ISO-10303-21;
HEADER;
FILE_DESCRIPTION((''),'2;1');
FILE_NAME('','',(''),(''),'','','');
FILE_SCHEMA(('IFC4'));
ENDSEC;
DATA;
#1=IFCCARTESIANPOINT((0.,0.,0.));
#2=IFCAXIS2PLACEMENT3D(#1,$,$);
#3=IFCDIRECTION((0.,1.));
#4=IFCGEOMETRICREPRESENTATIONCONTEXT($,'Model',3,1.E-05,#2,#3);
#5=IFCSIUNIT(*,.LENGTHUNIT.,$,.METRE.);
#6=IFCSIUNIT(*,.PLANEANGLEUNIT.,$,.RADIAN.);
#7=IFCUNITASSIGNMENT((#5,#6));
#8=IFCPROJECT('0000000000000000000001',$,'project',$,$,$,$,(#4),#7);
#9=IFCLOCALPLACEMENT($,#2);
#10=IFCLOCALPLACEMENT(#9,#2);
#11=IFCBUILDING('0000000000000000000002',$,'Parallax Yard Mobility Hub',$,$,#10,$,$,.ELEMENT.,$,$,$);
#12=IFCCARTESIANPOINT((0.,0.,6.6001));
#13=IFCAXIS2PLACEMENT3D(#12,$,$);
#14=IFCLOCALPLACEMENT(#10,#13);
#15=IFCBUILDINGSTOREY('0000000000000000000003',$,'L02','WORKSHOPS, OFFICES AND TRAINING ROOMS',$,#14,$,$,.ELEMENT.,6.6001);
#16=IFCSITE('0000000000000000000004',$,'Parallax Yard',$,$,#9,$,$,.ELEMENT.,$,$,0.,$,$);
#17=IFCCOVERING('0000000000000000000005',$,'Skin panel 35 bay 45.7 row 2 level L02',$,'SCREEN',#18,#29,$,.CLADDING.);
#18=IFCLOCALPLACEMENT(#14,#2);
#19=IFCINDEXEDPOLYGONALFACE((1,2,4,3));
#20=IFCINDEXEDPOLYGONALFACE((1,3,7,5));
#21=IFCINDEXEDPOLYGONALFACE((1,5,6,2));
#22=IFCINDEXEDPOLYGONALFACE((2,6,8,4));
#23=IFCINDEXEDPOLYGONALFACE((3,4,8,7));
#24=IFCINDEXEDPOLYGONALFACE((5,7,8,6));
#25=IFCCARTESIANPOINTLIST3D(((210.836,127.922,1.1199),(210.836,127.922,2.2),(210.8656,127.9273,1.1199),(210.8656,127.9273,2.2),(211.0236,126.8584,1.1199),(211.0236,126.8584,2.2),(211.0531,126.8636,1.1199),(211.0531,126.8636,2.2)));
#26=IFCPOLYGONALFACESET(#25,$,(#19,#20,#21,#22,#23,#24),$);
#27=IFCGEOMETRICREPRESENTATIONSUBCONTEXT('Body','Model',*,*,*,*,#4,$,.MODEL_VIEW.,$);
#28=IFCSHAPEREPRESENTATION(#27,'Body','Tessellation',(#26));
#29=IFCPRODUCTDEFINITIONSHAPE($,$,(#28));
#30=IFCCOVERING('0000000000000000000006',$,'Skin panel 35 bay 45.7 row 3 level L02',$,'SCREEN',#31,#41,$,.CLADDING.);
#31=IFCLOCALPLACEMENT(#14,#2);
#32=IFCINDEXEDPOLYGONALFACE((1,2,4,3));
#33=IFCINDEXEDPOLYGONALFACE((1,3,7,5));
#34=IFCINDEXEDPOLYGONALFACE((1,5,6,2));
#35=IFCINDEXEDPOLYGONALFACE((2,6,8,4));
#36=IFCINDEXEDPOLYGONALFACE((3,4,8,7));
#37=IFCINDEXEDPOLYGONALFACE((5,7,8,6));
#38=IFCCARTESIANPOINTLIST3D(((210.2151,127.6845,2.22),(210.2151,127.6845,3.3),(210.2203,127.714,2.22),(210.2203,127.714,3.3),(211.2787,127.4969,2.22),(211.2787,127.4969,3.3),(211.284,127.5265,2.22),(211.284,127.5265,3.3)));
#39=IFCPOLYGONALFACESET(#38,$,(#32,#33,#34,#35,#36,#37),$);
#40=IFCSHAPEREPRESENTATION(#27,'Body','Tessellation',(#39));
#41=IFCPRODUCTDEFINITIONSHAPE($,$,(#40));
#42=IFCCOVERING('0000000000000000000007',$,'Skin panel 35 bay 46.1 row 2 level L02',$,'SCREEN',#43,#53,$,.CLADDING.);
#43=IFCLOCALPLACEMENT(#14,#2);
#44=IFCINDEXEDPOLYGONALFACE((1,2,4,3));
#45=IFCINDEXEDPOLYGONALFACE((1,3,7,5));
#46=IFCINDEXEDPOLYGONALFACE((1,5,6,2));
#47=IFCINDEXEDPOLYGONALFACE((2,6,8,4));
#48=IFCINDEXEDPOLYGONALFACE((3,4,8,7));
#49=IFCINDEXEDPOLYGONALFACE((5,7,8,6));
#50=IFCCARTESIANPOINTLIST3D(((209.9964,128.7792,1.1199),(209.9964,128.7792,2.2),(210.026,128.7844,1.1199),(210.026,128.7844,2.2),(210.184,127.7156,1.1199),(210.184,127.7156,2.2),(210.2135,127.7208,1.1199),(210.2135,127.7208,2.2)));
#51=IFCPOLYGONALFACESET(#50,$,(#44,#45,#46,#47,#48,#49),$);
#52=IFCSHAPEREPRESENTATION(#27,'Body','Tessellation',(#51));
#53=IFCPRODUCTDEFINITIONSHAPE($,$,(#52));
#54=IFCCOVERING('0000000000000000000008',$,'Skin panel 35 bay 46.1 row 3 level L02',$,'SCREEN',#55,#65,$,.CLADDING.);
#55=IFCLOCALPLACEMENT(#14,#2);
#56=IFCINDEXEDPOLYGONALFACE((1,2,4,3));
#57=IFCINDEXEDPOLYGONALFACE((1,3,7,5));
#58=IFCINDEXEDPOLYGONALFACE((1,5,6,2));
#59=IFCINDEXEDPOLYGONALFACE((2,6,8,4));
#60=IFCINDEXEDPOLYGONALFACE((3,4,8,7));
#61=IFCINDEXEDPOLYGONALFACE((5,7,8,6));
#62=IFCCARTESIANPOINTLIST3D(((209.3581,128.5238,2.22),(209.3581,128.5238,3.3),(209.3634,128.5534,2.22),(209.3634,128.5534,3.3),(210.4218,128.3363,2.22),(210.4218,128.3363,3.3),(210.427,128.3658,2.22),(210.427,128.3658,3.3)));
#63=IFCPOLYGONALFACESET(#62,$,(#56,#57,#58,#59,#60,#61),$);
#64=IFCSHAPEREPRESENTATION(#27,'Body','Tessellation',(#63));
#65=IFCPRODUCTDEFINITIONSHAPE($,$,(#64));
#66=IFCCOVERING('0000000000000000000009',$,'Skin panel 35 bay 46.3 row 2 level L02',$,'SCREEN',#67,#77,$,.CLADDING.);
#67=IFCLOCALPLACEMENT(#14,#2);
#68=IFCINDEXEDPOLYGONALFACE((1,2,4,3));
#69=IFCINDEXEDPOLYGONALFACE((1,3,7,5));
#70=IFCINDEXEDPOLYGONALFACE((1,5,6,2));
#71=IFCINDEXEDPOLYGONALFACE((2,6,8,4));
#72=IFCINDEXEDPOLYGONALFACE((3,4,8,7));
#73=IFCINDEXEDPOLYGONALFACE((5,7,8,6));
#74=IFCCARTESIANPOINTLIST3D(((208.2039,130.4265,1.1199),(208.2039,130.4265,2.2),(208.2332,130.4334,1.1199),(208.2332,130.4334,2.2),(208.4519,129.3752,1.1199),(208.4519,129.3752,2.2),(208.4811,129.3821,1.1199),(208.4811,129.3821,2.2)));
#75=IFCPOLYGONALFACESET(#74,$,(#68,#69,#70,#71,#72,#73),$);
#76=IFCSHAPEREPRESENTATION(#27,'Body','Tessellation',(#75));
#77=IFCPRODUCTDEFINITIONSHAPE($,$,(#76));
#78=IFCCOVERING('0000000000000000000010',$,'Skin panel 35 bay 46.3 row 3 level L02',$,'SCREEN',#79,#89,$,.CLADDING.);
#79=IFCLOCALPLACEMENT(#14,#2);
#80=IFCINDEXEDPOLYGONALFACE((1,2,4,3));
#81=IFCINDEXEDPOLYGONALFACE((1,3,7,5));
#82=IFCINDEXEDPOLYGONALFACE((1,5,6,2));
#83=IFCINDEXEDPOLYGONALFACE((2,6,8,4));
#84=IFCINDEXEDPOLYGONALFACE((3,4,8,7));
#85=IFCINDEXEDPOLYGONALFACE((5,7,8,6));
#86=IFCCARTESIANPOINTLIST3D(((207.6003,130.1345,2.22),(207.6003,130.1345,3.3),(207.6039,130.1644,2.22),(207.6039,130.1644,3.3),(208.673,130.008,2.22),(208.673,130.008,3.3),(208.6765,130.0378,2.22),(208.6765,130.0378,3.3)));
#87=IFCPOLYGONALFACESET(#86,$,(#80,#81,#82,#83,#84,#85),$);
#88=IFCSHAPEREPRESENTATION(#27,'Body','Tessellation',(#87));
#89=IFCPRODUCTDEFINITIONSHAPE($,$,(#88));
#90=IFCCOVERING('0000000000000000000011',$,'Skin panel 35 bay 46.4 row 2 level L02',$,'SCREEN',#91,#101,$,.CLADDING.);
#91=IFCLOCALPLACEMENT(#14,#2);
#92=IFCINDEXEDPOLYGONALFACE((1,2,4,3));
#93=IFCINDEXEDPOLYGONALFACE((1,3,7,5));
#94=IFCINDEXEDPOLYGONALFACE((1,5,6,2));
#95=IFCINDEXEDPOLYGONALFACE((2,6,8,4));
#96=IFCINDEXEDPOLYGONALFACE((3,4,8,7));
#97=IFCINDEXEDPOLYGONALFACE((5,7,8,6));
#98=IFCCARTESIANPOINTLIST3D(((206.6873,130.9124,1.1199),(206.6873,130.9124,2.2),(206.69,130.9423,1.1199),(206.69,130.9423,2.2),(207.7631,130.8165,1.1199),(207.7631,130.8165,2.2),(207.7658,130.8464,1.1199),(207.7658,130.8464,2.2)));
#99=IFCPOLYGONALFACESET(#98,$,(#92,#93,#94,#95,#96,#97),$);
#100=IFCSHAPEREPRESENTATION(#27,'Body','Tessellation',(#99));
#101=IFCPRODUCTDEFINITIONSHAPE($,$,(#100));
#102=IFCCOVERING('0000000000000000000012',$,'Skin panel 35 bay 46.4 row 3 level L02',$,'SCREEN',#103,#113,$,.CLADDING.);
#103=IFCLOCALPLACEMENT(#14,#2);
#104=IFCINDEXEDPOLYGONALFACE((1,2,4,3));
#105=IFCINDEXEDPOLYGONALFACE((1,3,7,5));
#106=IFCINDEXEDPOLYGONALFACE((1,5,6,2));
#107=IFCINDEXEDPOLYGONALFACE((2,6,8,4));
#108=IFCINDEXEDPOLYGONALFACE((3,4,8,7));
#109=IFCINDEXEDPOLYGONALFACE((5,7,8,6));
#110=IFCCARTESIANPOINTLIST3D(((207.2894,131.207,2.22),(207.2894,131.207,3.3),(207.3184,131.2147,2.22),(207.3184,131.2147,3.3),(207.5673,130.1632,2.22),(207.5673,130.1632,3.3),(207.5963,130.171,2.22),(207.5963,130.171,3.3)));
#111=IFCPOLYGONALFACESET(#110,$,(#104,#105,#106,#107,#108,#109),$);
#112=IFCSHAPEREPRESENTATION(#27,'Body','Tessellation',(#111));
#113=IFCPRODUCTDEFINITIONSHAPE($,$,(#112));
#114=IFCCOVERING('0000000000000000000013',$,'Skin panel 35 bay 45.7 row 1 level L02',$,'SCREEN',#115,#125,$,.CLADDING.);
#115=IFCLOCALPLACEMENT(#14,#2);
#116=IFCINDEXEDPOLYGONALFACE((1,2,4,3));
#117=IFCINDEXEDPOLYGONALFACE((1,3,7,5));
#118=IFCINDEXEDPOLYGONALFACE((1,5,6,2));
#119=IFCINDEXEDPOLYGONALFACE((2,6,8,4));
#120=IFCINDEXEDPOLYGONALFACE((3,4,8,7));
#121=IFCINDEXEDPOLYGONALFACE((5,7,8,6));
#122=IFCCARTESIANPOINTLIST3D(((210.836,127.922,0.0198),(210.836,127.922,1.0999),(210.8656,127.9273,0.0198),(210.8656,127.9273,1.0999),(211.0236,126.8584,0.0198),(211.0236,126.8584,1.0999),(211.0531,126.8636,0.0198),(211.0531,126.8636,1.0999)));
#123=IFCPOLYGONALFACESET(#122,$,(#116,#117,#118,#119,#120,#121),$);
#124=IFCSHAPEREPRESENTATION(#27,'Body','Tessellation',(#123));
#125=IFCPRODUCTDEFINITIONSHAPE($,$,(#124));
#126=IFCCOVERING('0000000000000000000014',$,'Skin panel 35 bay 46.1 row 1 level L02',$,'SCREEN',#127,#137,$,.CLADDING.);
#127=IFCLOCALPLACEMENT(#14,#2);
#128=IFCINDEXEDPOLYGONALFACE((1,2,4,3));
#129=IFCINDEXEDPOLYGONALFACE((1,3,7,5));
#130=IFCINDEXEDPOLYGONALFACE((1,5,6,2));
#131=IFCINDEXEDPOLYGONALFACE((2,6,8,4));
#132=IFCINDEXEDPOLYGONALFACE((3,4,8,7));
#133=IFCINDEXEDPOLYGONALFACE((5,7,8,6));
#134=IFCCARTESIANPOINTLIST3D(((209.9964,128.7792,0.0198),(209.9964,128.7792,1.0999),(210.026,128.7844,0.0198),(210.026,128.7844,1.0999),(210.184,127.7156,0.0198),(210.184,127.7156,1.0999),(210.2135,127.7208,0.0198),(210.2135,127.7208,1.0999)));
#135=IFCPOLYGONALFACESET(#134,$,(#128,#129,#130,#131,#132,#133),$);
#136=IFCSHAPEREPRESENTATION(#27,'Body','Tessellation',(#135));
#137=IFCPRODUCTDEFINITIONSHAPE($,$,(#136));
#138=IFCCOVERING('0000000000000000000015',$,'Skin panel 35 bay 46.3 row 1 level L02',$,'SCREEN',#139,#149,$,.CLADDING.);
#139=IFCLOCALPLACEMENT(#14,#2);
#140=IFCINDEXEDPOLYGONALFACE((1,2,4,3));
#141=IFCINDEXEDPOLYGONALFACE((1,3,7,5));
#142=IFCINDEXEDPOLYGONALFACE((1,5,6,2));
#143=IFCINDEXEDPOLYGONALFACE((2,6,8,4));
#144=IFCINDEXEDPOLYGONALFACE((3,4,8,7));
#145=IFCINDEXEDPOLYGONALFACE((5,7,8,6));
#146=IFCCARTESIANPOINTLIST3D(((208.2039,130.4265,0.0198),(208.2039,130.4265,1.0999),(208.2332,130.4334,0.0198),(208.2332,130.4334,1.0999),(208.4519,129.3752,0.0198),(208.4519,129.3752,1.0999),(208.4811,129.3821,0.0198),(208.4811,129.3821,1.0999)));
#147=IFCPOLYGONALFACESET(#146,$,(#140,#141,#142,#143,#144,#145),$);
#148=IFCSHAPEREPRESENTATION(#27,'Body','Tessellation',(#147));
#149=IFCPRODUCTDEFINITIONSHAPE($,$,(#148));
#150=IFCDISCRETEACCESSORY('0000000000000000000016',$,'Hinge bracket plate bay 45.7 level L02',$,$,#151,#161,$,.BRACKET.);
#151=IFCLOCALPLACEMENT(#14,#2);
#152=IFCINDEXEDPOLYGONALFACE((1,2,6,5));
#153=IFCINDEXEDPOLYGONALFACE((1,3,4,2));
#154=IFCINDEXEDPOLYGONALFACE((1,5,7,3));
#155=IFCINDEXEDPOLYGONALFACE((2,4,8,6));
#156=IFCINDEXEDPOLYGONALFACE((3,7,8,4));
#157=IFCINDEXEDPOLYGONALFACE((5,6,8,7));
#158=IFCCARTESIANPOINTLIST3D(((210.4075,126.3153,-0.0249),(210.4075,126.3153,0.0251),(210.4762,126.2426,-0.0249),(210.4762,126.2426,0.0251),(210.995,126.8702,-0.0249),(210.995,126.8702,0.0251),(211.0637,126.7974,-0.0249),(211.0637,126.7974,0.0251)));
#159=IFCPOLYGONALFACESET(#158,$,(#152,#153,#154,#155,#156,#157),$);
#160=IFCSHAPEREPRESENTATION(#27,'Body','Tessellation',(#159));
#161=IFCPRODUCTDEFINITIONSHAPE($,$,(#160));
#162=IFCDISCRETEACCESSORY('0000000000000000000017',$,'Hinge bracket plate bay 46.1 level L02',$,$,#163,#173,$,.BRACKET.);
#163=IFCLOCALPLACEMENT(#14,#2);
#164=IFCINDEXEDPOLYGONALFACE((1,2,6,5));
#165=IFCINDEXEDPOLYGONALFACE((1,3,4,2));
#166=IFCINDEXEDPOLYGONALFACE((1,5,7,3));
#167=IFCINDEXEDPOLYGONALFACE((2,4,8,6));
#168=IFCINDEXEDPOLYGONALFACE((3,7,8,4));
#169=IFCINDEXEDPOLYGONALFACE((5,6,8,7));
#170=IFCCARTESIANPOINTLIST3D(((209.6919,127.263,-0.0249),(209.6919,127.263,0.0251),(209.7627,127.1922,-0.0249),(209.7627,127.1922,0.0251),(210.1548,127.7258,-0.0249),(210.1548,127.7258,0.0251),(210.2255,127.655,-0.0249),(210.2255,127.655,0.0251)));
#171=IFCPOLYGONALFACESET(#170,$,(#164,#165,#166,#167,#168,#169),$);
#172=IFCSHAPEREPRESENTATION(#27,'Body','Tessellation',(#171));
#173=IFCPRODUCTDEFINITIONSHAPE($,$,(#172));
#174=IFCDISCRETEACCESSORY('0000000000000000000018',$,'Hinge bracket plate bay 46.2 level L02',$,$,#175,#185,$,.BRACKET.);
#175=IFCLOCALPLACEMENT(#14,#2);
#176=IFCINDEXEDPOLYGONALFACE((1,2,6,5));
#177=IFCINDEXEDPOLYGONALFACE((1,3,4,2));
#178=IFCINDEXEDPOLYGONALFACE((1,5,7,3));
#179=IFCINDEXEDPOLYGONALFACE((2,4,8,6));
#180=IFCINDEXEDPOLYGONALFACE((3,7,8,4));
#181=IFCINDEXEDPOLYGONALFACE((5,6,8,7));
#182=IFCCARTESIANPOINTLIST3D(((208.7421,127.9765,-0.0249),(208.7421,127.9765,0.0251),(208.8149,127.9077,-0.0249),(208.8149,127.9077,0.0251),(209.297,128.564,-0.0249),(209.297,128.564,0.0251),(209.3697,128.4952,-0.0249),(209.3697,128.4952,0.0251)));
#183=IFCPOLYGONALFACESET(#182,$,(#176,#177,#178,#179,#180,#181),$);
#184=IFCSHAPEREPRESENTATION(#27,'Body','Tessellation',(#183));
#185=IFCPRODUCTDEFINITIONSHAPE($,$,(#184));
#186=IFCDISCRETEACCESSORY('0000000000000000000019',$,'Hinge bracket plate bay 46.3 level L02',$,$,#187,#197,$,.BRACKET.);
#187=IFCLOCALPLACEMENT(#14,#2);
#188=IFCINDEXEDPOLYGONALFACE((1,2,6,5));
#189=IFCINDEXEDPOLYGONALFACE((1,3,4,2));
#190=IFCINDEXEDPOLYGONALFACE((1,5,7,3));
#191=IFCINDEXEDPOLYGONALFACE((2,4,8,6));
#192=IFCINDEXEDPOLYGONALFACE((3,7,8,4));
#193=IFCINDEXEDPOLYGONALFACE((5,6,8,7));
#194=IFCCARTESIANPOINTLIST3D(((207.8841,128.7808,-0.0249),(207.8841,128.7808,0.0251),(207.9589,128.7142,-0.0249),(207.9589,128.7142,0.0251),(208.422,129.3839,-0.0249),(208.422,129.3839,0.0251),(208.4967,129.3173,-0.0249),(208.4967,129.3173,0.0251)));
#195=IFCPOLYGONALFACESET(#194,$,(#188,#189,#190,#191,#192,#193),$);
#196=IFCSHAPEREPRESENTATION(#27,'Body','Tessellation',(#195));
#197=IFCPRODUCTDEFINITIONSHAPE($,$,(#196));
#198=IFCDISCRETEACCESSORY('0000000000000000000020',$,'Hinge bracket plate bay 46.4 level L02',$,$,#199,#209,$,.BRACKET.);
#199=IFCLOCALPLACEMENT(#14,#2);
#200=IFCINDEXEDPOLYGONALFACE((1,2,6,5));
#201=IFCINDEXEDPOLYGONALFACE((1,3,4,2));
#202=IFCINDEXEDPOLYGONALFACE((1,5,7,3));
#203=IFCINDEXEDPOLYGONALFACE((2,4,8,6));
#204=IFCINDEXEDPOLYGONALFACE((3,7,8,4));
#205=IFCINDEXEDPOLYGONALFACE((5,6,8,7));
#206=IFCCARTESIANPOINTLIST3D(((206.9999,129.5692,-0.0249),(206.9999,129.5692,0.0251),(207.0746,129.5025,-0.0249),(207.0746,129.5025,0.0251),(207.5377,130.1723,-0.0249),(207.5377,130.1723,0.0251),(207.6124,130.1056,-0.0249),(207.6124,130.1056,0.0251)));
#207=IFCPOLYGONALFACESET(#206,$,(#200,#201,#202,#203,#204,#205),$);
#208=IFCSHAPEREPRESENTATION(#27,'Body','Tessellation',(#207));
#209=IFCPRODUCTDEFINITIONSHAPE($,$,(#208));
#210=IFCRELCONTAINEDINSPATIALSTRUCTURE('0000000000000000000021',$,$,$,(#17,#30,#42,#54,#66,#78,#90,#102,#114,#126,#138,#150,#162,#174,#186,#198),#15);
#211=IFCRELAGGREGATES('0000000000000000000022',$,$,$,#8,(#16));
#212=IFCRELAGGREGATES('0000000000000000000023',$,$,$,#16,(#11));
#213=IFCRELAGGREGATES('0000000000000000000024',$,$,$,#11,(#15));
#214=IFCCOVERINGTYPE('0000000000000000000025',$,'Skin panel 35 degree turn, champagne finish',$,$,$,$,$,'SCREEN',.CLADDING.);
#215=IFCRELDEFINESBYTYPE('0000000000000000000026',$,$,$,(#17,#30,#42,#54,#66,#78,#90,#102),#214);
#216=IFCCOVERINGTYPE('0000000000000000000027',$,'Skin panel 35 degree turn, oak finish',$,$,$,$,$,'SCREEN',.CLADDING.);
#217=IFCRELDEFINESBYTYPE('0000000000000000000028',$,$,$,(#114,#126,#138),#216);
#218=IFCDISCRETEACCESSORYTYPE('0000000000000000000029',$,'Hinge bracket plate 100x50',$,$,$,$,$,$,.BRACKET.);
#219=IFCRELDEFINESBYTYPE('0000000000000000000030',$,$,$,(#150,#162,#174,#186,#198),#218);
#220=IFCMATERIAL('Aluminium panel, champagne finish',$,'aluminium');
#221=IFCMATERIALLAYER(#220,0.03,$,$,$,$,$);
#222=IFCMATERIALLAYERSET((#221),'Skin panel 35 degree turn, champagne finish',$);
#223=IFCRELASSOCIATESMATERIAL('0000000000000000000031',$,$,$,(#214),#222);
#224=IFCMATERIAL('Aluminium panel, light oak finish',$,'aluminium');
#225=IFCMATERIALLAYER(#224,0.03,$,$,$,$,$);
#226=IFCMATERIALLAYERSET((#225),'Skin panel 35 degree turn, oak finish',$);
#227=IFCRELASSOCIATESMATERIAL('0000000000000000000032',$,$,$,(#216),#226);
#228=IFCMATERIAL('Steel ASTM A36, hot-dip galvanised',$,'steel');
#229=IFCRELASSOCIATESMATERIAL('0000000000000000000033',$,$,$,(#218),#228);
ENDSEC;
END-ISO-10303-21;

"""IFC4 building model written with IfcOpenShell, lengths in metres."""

from ifc_helpers import new_model, si_unit, direction, frame, origin, origin_2d, place, context, subcontext, project, spatial, rectangle, extrude, material, layer, layer_set, type_object, element, save


model = new_model("IFC4")

# Units and contexts
model_context = context("Model", 3, precision=1e-05, world=origin(), true_north=direction((0.0, 1.0)))
body_context = subcontext(model_context, "Body", "Model", "MODEL_VIEW")
ifc_project = project(units=[si_unit("LENGTHUNIT", "METRE"), si_unit("PLANEANGLEUNIT", "RADIAN")], contexts=[model_context])

# Site, building, storey
site_placement = place(None, origin())
site = spatial("IfcSite", under=ifc_project, at=site_placement, Name="Parallax Yard", CompositionType="ELEMENT", RefElevation=0.0)
building_placement = place(site_placement, origin())
building = spatial("IfcBuilding", under=site, at=building_placement, Name="Parallax Yard Mobility Hub", CompositionType="ELEMENT")
storey_placement = place(building_placement, frame((0.0, 0.0, 6.6001)))
storey = spatial("IfcBuildingStorey", under=building, at=storey_placement, Name="L02", Description="WORKSHOPS, OFFICES AND TRAINING ROOMS", CompositionType="ELEMENT", Elevation=6.6001)

# Coverings
ifc_material_1 = material(Name="Aluminium panel, champagne finish", Category="aluminium")
ifc_material_2 = material(Name="Aluminium panel, light oak finish", Category="aluminium")
ifc_layer_1 = layer(ifc_material_1, 0.03)
ifc_layer_set_1 = layer_set([ifc_layer_1], Name="Skin panel 35 degree turn, champagne finish")
covering_type_1 = type_object("IfcCoveringType", Name="Skin panel 35 degree turn, champagne finish", ElementType="SCREEN", PredefinedType="CLADDING", material=ifc_layer_set_1)
for number, where, z_axis, x_axis, name in (
    (1, (210.9446, 127.3928, 1.1199), (0.0, 0.0, 1.0), (-0.173648, 0.984808, 0.0), "Skin panel 35 bay 45.7 row 2 level L02"),
    (2, (210.7495, 127.6055, 2.22), (0.0, 0.0, 1.0), (0.984808, -0.173648, 0.0), "Skin panel 35 bay 45.7 row 3 level L02"),
    (3, (210.105, 128.25, 1.1199), (0.0, 0.0, 1.0), (-0.173648, 0.984808, 0.0), "Skin panel 35 bay 46.1 row 2 level L02"),
    (4, (209.8926, 128.4448, 2.22), (0.0, 0.0, 1.0), (0.984808, -0.173648, 0.0), "Skin panel 35 bay 46.1 row 3 level L02"),
    (5, (208.3425, 129.9043, 1.1199), (0.0, 0.0, 1.0), (-0.229586, 0.973288, 0.0), "Skin panel 35 bay 46.3 row 2 level L02"),
    (6, (208.1384, 130.0862, 2.22), (0.0, 0.0, 1.0), (0.993115, -0.117144, 0.0), "Skin panel 35 bay 46.3 row 3 level L02"),
    (7, (207.2266, 130.8794, 1.1199), (0.0, 0.0, 1.0), (0.996055, -0.088736, 0.0), "Skin panel 35 bay 46.4 row 2 level L02"),
    (8, (207.4429, 130.689, 2.22), (0.0, 0.0, 1.0), (-0.257286, 0.966335, 0.0), "Skin panel 35 bay 46.4 row 3 level L02"),
):
    element("IfcCovering", number, at=place(storey_placement, frame(where, z_axis=z_axis, x_axis=x_axis)), inside=storey, type_object=covering_type_1, Name=name, ObjectType="SCREEN", PredefinedType="CLADDING", context=body_context, shape_type="SweptSolid", body=[
        extrude(rectangle(XDim=1.0801, YDim=0.03, at=origin_2d()), origin(), (0.0, 0.0, 1.0), 1.0801),
    ])
ifc_layer_2 = layer(ifc_material_2, 0.03)
ifc_layer_set_2 = layer_set([ifc_layer_2], Name="Skin panel 35 degree turn, oak finish")
covering_type_2 = type_object("IfcCoveringType", Name="Skin panel 35 degree turn, oak finish", ElementType="SCREEN", PredefinedType="CLADDING", material=ifc_layer_set_2)
for number, where, z_axis, x_axis, name in (
    (9, (210.9446, 127.3928, 0.0198), (0.0, 0.0, 1.0), (-0.173648, 0.984808, 0.0), "Skin panel 35 bay 45.7 row 1 level L02"),
    (10, (210.105, 128.25, 0.0198), (0.0, 0.0, 1.0), (-0.173648, 0.984808, 0.0), "Skin panel 35 bay 46.1 row 1 level L02"),
    (11, (208.3425, 129.9043, 0.0198), (0.0, 0.0, 1.0), (-0.229586, 0.973288, 0.0), "Skin panel 35 bay 46.3 row 1 level L02"),
):
    element("IfcCovering", number, at=place(storey_placement, frame(where, z_axis=z_axis, x_axis=x_axis)), inside=storey, type_object=covering_type_2, Name=name, ObjectType="SCREEN", PredefinedType="CLADDING", context=body_context, shape_type="SweptSolid", body=[
        extrude(rectangle(XDim=1.0801, YDim=0.03, at=origin_2d()), origin(), (0.0, 0.0, 1.0), 1.0801),
    ])

# Discrete accessories
ifc_material_3 = material(Name="Steel ASTM A36, hot-dip galvanised", Category="steel")
discrete_accessory_type_1 = type_object("IfcDiscreteAccessoryType", Name="Hinge bracket plate 100x50", PredefinedType="BRACKET", material=ifc_material_3)
discrete_accessory_1_placement = place(storey_placement, frame((210.7356, 126.5564, -0.0249), z_axis=(0.0, 0.0, 1.0), x_axis=(0.727011, 0.686626, 0.0)))
element("IfcDiscreteAccessory", 12, at=discrete_accessory_1_placement, inside=storey, type_object=discrete_accessory_type_1, Name="Hinge bracket plate bay 45.7 level L02", PredefinedType="BRACKET", context=body_context, shape_type="SweptSolid", body=[
    extrude(rectangle(XDim=0.8081, YDim=0.1001, at=origin_2d()), origin(), (0.0, 0.0, 1.0), 0.05),
])
discrete_accessory_2_placement = place(storey_placement, frame((209.9587, 127.459, -0.0249), z_axis=(0.0, 0.0, 1.0), x_axis=(0.707107, 0.707107, 0.0)))
element("IfcDiscreteAccessory", 13, at=discrete_accessory_2_placement, inside=storey, type_object=discrete_accessory_type_1, Name="Hinge bracket plate bay 46.1 level L02", PredefinedType="BRACKET", context=body_context, shape_type="SweptSolid", body=[
    extrude(rectangle(XDim=0.6545, YDim=0.1001, at=origin_2d()), origin(), (0.0, 0.0, 1.0), 0.05),
])
for number, where, z_axis, x_axis, name in (
    (14, (209.0559, 128.2358, -0.0249), (0.0, 0.0, 1.0), (0.686626, 0.727011, 0.0), "Hinge bracket plate bay 46.2 level L02"),
    (15, (208.1904, 129.0491, -0.0249), (0.0, 0.0, 1.0), (0.665586, 0.746321, 0.0), "Hinge bracket plate bay 46.3 level L02"),
    (16, (207.3062, 129.8374, -0.0249), (0.0, 0.0, 1.0), (0.665586, 0.746321, 0.0), "Hinge bracket plate bay 46.4 level L02"),
):
    element("IfcDiscreteAccessory", number, at=place(storey_placement, frame(where, z_axis=z_axis, x_axis=x_axis)), inside=storey, type_object=discrete_accessory_type_1, Name=name, PredefinedType="BRACKET", context=body_context, shape_type="SweptSolid", body=[
        extrude(rectangle(XDim=0.8081, YDim=0.1001, at=origin_2d()), origin(), (0.0, 0.0, 1.0), 0.05),
    ])

save(model, "model.ifc")
